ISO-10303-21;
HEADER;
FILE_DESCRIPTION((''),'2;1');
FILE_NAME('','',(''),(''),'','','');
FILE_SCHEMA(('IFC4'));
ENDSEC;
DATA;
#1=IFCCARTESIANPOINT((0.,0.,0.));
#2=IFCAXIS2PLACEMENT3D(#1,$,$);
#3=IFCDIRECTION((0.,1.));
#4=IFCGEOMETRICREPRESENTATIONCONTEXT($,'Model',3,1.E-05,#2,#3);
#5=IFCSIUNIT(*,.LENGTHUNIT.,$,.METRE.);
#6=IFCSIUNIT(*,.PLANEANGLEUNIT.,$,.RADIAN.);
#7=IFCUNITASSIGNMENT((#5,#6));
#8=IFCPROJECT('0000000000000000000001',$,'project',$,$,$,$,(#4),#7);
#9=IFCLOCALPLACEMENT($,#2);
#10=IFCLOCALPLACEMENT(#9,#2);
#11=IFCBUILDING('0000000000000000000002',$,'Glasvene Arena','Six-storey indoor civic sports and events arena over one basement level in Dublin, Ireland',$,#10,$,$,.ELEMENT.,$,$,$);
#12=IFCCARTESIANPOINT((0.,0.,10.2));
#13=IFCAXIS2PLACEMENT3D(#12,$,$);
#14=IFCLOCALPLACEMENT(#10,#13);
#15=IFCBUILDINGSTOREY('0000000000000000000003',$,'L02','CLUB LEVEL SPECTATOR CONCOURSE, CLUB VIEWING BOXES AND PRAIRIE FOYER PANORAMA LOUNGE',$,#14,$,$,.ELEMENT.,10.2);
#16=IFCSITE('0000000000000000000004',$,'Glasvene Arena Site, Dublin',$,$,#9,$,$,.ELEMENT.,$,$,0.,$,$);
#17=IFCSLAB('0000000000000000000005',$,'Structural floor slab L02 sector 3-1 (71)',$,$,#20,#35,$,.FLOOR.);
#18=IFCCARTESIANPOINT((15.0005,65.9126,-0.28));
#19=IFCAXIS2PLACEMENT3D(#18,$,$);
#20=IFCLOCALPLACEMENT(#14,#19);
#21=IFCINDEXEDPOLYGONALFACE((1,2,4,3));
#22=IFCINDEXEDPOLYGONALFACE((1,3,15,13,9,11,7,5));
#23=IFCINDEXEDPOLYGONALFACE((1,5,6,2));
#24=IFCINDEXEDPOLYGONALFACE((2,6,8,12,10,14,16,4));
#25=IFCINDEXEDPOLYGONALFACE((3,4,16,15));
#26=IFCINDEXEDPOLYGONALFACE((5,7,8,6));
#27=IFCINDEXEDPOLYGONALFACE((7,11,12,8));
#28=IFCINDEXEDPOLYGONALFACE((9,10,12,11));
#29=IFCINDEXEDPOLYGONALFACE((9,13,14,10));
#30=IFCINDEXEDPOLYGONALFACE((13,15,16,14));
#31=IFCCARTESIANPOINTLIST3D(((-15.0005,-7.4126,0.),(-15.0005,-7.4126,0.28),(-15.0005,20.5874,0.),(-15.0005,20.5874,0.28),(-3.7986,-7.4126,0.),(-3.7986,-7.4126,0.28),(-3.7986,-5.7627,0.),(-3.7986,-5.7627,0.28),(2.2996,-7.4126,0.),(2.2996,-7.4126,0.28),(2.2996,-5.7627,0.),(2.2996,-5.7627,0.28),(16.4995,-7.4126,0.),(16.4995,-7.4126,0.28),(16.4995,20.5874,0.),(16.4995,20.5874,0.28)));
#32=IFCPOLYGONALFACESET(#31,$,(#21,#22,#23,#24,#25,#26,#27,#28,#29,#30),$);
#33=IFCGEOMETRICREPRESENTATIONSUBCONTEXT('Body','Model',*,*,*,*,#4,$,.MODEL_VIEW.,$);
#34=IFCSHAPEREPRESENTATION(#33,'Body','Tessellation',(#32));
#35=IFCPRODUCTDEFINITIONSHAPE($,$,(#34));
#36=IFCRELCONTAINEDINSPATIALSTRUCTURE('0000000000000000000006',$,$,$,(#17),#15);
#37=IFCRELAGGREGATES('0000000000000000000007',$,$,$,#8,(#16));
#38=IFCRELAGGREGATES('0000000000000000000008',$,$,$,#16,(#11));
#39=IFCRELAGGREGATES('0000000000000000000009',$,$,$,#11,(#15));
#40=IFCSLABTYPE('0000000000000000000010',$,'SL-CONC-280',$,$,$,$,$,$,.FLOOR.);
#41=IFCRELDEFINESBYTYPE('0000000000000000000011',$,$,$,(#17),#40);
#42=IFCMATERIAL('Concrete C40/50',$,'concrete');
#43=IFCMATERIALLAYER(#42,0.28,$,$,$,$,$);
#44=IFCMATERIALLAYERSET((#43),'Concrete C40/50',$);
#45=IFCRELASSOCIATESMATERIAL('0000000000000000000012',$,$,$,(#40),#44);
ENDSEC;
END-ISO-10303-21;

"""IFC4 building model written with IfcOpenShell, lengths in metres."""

from ifc_helpers import new_model, si_unit, direction, frame, origin, place, context, subcontext, project, spatial, polyline, outline, extrude, material, layer, layer_set, type_object, element, save


model = new_model("IFC4")

# Units and contexts
model_context = context("Model", 3, precision=1e-05, world=origin(), true_north=direction((0.0, 1.0)))
body_context = subcontext(model_context, "Body", "Model", "MODEL_VIEW")
ifc_project = project(units=[si_unit("LENGTHUNIT", "METRE"), si_unit("PLANEANGLEUNIT", "RADIAN")], contexts=[model_context])

# Site, building, storey
site_placement = place(None, origin())
site = spatial("IfcSite", under=ifc_project, at=site_placement, Name="Glasvene Arena Site, Dublin", CompositionType="ELEMENT", RefElevation=0.0)
building_placement = place(site_placement, origin())
building = spatial("IfcBuilding", under=site, at=building_placement, Name="Glasvene Arena", Description="Six-storey indoor civic sports and events arena over one basement level in Dublin, Ireland", CompositionType="ELEMENT")
storey_placement = place(building_placement, frame((0.0, 0.0, 10.2)))
storey = spatial("IfcBuildingStorey", under=building, at=storey_placement, Name="L02", Description="CLUB LEVEL SPECTATOR CONCOURSE, CLUB VIEWING BOXES AND PRAIRIE FOYER PANORAMA LOUNGE", CompositionType="ELEMENT", Elevation=10.2)

# Slab
ifc_material_1 = material(Name="Concrete C40/50", Category="concrete")
ifc_layer_1 = layer(ifc_material_1, 0.28)
ifc_layer_set_1 = layer_set([ifc_layer_1], Name="Concrete C40/50")
slab_type = type_object("IfcSlabType", Name="SL-CONC-280", PredefinedType="FLOOR", material=ifc_layer_set_1)
slab_placement = place(storey_placement, frame((15.0005, 65.9126, -0.28)))
element("IfcSlab", 1, at=slab_placement, inside=storey, type_object=slab_type, Name="Structural floor slab L02 sector 3-1 (71)", PredefinedType="FLOOR", context=body_context, shape_type="SweptSolid", body=[
    extrude(outline(polyline([(16.4995, 20.5874), (16.4995, -7.4126), (2.2996, -7.4126), (2.2996, -5.7627), (-3.7986, -5.7627), (-3.7986, -7.4126), (-15.0005, -7.4126), (-15.0005, 20.5874), (16.4995, 20.5874)])), origin(), (0.0, 0.0, 1.0), 0.28),
])

save(model, "model.ifc")
